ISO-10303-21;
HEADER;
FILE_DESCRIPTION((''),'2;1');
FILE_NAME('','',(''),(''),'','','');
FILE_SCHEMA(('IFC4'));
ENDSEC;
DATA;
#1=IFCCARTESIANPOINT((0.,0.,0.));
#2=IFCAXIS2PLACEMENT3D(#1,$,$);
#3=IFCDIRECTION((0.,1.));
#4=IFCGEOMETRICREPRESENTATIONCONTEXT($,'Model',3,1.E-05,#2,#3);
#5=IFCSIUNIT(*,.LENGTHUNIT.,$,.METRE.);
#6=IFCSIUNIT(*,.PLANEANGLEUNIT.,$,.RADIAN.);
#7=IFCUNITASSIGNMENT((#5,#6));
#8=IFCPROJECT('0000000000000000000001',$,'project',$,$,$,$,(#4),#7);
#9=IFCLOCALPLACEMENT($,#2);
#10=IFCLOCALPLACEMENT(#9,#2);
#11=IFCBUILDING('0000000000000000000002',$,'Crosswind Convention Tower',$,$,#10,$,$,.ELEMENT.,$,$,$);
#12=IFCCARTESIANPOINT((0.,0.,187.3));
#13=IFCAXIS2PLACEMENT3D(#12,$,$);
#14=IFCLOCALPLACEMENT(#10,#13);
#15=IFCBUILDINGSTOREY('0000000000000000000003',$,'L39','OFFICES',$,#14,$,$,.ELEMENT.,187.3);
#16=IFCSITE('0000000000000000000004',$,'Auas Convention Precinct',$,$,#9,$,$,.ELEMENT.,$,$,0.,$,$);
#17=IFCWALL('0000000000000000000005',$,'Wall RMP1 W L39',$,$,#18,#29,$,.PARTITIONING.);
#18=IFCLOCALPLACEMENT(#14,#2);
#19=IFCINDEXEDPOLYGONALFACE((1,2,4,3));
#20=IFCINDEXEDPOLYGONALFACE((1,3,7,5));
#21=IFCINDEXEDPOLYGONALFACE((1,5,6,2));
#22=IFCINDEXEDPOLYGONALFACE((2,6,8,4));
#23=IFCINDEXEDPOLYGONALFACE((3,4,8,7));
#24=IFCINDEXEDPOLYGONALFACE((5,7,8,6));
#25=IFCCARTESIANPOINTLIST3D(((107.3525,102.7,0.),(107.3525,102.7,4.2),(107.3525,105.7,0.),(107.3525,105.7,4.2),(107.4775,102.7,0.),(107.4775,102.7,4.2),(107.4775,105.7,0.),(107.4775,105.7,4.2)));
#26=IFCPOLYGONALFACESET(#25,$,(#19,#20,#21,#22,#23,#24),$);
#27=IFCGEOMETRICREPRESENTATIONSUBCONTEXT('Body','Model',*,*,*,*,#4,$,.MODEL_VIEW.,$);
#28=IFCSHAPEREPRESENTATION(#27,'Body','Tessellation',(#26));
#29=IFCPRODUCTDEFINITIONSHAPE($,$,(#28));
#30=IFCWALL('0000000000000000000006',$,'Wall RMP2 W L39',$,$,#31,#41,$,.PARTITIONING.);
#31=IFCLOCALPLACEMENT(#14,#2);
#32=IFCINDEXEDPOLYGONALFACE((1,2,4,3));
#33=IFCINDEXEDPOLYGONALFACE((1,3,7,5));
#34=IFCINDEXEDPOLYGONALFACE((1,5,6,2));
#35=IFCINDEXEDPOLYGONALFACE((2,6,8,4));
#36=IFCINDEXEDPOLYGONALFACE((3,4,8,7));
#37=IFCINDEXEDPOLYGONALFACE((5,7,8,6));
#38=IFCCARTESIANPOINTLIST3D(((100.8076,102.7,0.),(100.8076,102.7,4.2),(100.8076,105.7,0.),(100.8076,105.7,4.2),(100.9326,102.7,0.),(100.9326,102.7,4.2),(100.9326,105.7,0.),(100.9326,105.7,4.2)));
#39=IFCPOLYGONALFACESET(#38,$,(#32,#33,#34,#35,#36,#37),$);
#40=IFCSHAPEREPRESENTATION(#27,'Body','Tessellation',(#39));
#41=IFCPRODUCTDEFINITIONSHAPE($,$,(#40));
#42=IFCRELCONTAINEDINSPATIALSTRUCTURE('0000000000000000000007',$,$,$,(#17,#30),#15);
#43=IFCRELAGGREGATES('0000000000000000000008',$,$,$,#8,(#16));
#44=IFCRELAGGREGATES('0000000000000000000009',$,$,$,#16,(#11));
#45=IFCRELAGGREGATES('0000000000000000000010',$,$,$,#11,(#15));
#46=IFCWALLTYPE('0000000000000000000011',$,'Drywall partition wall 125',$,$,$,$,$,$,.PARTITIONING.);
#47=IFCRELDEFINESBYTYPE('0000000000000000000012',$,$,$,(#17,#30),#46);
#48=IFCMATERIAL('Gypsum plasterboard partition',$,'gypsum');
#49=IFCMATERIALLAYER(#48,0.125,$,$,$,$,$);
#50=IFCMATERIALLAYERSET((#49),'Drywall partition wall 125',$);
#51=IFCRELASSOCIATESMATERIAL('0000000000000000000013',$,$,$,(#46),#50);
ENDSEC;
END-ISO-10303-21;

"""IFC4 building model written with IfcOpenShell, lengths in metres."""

from ifc_helpers import new_model, si_unit, direction, frame, frame_2d, origin, place, context, subcontext, project, spatial, rectangle, extrude, material, layer, layer_set, type_object, element, save


model = new_model("IFC4")

# Units and contexts
model_context = context("Model", 3, precision=1e-05, world=origin(), true_north=direction((0.0, 1.0)))
body_context = subcontext(model_context, "Body", "Model", "MODEL_VIEW")
ifc_project = project(units=[si_unit("LENGTHUNIT", "METRE"), si_unit("PLANEANGLEUNIT", "RADIAN")], contexts=[model_context])

# Site, building, storey
site_placement = place(None, origin())
site = spatial("IfcSite", under=ifc_project, at=site_placement, Name="Auas Convention Precinct", CompositionType="ELEMENT", RefElevation=0.0)
building_placement = place(site_placement, origin())
building = spatial("IfcBuilding", under=site, at=building_placement, Name="Crosswind Convention Tower", CompositionType="ELEMENT")
storey_placement = place(building_placement, frame((0.0, 0.0, 187.3)))
storey = spatial("IfcBuildingStorey", under=building, at=storey_placement, Name="L39", Description="OFFICES", CompositionType="ELEMENT", Elevation=187.3)

# Walls
ifc_material_1 = material(Name="Gypsum plasterboard partition", Category="gypsum")
ifc_layer_1 = layer(ifc_material_1, 0.125)
ifc_layer_set_1 = layer_set([ifc_layer_1], Name="Drywall partition wall 125")
wall_type_1 = type_object("IfcWallType", Name="Drywall partition wall 125", PredefinedType="PARTITIONING", material=ifc_layer_set_1)
for number, where, z_axis, x_axis, name in (
    (1, (107.415, 105.7, 0.0), (0.0, 0.0, 1.0), (0.0, -1.0, 0.0), "Wall RMP1 W L39"),
    (2, (100.8701, 105.7, 0.0), (0.0, 0.0, 1.0), (0.0, -1.0, 0.0), "Wall RMP2 W L39"),
):
    element("IfcWall", number, at=place(storey_placement, frame(where, z_axis=z_axis, x_axis=x_axis)), inside=storey, type_object=wall_type_1, Name=name, PredefinedType="PARTITIONING", context=body_context, shape_type="SweptSolid", body=[
        extrude(rectangle(XDim=3.0, YDim=0.125, at=frame_2d((1.5, 0.0))), origin(), (0.0, 0.0, 1.0), 4.2),
    ])

save(model, "model.ifc")
